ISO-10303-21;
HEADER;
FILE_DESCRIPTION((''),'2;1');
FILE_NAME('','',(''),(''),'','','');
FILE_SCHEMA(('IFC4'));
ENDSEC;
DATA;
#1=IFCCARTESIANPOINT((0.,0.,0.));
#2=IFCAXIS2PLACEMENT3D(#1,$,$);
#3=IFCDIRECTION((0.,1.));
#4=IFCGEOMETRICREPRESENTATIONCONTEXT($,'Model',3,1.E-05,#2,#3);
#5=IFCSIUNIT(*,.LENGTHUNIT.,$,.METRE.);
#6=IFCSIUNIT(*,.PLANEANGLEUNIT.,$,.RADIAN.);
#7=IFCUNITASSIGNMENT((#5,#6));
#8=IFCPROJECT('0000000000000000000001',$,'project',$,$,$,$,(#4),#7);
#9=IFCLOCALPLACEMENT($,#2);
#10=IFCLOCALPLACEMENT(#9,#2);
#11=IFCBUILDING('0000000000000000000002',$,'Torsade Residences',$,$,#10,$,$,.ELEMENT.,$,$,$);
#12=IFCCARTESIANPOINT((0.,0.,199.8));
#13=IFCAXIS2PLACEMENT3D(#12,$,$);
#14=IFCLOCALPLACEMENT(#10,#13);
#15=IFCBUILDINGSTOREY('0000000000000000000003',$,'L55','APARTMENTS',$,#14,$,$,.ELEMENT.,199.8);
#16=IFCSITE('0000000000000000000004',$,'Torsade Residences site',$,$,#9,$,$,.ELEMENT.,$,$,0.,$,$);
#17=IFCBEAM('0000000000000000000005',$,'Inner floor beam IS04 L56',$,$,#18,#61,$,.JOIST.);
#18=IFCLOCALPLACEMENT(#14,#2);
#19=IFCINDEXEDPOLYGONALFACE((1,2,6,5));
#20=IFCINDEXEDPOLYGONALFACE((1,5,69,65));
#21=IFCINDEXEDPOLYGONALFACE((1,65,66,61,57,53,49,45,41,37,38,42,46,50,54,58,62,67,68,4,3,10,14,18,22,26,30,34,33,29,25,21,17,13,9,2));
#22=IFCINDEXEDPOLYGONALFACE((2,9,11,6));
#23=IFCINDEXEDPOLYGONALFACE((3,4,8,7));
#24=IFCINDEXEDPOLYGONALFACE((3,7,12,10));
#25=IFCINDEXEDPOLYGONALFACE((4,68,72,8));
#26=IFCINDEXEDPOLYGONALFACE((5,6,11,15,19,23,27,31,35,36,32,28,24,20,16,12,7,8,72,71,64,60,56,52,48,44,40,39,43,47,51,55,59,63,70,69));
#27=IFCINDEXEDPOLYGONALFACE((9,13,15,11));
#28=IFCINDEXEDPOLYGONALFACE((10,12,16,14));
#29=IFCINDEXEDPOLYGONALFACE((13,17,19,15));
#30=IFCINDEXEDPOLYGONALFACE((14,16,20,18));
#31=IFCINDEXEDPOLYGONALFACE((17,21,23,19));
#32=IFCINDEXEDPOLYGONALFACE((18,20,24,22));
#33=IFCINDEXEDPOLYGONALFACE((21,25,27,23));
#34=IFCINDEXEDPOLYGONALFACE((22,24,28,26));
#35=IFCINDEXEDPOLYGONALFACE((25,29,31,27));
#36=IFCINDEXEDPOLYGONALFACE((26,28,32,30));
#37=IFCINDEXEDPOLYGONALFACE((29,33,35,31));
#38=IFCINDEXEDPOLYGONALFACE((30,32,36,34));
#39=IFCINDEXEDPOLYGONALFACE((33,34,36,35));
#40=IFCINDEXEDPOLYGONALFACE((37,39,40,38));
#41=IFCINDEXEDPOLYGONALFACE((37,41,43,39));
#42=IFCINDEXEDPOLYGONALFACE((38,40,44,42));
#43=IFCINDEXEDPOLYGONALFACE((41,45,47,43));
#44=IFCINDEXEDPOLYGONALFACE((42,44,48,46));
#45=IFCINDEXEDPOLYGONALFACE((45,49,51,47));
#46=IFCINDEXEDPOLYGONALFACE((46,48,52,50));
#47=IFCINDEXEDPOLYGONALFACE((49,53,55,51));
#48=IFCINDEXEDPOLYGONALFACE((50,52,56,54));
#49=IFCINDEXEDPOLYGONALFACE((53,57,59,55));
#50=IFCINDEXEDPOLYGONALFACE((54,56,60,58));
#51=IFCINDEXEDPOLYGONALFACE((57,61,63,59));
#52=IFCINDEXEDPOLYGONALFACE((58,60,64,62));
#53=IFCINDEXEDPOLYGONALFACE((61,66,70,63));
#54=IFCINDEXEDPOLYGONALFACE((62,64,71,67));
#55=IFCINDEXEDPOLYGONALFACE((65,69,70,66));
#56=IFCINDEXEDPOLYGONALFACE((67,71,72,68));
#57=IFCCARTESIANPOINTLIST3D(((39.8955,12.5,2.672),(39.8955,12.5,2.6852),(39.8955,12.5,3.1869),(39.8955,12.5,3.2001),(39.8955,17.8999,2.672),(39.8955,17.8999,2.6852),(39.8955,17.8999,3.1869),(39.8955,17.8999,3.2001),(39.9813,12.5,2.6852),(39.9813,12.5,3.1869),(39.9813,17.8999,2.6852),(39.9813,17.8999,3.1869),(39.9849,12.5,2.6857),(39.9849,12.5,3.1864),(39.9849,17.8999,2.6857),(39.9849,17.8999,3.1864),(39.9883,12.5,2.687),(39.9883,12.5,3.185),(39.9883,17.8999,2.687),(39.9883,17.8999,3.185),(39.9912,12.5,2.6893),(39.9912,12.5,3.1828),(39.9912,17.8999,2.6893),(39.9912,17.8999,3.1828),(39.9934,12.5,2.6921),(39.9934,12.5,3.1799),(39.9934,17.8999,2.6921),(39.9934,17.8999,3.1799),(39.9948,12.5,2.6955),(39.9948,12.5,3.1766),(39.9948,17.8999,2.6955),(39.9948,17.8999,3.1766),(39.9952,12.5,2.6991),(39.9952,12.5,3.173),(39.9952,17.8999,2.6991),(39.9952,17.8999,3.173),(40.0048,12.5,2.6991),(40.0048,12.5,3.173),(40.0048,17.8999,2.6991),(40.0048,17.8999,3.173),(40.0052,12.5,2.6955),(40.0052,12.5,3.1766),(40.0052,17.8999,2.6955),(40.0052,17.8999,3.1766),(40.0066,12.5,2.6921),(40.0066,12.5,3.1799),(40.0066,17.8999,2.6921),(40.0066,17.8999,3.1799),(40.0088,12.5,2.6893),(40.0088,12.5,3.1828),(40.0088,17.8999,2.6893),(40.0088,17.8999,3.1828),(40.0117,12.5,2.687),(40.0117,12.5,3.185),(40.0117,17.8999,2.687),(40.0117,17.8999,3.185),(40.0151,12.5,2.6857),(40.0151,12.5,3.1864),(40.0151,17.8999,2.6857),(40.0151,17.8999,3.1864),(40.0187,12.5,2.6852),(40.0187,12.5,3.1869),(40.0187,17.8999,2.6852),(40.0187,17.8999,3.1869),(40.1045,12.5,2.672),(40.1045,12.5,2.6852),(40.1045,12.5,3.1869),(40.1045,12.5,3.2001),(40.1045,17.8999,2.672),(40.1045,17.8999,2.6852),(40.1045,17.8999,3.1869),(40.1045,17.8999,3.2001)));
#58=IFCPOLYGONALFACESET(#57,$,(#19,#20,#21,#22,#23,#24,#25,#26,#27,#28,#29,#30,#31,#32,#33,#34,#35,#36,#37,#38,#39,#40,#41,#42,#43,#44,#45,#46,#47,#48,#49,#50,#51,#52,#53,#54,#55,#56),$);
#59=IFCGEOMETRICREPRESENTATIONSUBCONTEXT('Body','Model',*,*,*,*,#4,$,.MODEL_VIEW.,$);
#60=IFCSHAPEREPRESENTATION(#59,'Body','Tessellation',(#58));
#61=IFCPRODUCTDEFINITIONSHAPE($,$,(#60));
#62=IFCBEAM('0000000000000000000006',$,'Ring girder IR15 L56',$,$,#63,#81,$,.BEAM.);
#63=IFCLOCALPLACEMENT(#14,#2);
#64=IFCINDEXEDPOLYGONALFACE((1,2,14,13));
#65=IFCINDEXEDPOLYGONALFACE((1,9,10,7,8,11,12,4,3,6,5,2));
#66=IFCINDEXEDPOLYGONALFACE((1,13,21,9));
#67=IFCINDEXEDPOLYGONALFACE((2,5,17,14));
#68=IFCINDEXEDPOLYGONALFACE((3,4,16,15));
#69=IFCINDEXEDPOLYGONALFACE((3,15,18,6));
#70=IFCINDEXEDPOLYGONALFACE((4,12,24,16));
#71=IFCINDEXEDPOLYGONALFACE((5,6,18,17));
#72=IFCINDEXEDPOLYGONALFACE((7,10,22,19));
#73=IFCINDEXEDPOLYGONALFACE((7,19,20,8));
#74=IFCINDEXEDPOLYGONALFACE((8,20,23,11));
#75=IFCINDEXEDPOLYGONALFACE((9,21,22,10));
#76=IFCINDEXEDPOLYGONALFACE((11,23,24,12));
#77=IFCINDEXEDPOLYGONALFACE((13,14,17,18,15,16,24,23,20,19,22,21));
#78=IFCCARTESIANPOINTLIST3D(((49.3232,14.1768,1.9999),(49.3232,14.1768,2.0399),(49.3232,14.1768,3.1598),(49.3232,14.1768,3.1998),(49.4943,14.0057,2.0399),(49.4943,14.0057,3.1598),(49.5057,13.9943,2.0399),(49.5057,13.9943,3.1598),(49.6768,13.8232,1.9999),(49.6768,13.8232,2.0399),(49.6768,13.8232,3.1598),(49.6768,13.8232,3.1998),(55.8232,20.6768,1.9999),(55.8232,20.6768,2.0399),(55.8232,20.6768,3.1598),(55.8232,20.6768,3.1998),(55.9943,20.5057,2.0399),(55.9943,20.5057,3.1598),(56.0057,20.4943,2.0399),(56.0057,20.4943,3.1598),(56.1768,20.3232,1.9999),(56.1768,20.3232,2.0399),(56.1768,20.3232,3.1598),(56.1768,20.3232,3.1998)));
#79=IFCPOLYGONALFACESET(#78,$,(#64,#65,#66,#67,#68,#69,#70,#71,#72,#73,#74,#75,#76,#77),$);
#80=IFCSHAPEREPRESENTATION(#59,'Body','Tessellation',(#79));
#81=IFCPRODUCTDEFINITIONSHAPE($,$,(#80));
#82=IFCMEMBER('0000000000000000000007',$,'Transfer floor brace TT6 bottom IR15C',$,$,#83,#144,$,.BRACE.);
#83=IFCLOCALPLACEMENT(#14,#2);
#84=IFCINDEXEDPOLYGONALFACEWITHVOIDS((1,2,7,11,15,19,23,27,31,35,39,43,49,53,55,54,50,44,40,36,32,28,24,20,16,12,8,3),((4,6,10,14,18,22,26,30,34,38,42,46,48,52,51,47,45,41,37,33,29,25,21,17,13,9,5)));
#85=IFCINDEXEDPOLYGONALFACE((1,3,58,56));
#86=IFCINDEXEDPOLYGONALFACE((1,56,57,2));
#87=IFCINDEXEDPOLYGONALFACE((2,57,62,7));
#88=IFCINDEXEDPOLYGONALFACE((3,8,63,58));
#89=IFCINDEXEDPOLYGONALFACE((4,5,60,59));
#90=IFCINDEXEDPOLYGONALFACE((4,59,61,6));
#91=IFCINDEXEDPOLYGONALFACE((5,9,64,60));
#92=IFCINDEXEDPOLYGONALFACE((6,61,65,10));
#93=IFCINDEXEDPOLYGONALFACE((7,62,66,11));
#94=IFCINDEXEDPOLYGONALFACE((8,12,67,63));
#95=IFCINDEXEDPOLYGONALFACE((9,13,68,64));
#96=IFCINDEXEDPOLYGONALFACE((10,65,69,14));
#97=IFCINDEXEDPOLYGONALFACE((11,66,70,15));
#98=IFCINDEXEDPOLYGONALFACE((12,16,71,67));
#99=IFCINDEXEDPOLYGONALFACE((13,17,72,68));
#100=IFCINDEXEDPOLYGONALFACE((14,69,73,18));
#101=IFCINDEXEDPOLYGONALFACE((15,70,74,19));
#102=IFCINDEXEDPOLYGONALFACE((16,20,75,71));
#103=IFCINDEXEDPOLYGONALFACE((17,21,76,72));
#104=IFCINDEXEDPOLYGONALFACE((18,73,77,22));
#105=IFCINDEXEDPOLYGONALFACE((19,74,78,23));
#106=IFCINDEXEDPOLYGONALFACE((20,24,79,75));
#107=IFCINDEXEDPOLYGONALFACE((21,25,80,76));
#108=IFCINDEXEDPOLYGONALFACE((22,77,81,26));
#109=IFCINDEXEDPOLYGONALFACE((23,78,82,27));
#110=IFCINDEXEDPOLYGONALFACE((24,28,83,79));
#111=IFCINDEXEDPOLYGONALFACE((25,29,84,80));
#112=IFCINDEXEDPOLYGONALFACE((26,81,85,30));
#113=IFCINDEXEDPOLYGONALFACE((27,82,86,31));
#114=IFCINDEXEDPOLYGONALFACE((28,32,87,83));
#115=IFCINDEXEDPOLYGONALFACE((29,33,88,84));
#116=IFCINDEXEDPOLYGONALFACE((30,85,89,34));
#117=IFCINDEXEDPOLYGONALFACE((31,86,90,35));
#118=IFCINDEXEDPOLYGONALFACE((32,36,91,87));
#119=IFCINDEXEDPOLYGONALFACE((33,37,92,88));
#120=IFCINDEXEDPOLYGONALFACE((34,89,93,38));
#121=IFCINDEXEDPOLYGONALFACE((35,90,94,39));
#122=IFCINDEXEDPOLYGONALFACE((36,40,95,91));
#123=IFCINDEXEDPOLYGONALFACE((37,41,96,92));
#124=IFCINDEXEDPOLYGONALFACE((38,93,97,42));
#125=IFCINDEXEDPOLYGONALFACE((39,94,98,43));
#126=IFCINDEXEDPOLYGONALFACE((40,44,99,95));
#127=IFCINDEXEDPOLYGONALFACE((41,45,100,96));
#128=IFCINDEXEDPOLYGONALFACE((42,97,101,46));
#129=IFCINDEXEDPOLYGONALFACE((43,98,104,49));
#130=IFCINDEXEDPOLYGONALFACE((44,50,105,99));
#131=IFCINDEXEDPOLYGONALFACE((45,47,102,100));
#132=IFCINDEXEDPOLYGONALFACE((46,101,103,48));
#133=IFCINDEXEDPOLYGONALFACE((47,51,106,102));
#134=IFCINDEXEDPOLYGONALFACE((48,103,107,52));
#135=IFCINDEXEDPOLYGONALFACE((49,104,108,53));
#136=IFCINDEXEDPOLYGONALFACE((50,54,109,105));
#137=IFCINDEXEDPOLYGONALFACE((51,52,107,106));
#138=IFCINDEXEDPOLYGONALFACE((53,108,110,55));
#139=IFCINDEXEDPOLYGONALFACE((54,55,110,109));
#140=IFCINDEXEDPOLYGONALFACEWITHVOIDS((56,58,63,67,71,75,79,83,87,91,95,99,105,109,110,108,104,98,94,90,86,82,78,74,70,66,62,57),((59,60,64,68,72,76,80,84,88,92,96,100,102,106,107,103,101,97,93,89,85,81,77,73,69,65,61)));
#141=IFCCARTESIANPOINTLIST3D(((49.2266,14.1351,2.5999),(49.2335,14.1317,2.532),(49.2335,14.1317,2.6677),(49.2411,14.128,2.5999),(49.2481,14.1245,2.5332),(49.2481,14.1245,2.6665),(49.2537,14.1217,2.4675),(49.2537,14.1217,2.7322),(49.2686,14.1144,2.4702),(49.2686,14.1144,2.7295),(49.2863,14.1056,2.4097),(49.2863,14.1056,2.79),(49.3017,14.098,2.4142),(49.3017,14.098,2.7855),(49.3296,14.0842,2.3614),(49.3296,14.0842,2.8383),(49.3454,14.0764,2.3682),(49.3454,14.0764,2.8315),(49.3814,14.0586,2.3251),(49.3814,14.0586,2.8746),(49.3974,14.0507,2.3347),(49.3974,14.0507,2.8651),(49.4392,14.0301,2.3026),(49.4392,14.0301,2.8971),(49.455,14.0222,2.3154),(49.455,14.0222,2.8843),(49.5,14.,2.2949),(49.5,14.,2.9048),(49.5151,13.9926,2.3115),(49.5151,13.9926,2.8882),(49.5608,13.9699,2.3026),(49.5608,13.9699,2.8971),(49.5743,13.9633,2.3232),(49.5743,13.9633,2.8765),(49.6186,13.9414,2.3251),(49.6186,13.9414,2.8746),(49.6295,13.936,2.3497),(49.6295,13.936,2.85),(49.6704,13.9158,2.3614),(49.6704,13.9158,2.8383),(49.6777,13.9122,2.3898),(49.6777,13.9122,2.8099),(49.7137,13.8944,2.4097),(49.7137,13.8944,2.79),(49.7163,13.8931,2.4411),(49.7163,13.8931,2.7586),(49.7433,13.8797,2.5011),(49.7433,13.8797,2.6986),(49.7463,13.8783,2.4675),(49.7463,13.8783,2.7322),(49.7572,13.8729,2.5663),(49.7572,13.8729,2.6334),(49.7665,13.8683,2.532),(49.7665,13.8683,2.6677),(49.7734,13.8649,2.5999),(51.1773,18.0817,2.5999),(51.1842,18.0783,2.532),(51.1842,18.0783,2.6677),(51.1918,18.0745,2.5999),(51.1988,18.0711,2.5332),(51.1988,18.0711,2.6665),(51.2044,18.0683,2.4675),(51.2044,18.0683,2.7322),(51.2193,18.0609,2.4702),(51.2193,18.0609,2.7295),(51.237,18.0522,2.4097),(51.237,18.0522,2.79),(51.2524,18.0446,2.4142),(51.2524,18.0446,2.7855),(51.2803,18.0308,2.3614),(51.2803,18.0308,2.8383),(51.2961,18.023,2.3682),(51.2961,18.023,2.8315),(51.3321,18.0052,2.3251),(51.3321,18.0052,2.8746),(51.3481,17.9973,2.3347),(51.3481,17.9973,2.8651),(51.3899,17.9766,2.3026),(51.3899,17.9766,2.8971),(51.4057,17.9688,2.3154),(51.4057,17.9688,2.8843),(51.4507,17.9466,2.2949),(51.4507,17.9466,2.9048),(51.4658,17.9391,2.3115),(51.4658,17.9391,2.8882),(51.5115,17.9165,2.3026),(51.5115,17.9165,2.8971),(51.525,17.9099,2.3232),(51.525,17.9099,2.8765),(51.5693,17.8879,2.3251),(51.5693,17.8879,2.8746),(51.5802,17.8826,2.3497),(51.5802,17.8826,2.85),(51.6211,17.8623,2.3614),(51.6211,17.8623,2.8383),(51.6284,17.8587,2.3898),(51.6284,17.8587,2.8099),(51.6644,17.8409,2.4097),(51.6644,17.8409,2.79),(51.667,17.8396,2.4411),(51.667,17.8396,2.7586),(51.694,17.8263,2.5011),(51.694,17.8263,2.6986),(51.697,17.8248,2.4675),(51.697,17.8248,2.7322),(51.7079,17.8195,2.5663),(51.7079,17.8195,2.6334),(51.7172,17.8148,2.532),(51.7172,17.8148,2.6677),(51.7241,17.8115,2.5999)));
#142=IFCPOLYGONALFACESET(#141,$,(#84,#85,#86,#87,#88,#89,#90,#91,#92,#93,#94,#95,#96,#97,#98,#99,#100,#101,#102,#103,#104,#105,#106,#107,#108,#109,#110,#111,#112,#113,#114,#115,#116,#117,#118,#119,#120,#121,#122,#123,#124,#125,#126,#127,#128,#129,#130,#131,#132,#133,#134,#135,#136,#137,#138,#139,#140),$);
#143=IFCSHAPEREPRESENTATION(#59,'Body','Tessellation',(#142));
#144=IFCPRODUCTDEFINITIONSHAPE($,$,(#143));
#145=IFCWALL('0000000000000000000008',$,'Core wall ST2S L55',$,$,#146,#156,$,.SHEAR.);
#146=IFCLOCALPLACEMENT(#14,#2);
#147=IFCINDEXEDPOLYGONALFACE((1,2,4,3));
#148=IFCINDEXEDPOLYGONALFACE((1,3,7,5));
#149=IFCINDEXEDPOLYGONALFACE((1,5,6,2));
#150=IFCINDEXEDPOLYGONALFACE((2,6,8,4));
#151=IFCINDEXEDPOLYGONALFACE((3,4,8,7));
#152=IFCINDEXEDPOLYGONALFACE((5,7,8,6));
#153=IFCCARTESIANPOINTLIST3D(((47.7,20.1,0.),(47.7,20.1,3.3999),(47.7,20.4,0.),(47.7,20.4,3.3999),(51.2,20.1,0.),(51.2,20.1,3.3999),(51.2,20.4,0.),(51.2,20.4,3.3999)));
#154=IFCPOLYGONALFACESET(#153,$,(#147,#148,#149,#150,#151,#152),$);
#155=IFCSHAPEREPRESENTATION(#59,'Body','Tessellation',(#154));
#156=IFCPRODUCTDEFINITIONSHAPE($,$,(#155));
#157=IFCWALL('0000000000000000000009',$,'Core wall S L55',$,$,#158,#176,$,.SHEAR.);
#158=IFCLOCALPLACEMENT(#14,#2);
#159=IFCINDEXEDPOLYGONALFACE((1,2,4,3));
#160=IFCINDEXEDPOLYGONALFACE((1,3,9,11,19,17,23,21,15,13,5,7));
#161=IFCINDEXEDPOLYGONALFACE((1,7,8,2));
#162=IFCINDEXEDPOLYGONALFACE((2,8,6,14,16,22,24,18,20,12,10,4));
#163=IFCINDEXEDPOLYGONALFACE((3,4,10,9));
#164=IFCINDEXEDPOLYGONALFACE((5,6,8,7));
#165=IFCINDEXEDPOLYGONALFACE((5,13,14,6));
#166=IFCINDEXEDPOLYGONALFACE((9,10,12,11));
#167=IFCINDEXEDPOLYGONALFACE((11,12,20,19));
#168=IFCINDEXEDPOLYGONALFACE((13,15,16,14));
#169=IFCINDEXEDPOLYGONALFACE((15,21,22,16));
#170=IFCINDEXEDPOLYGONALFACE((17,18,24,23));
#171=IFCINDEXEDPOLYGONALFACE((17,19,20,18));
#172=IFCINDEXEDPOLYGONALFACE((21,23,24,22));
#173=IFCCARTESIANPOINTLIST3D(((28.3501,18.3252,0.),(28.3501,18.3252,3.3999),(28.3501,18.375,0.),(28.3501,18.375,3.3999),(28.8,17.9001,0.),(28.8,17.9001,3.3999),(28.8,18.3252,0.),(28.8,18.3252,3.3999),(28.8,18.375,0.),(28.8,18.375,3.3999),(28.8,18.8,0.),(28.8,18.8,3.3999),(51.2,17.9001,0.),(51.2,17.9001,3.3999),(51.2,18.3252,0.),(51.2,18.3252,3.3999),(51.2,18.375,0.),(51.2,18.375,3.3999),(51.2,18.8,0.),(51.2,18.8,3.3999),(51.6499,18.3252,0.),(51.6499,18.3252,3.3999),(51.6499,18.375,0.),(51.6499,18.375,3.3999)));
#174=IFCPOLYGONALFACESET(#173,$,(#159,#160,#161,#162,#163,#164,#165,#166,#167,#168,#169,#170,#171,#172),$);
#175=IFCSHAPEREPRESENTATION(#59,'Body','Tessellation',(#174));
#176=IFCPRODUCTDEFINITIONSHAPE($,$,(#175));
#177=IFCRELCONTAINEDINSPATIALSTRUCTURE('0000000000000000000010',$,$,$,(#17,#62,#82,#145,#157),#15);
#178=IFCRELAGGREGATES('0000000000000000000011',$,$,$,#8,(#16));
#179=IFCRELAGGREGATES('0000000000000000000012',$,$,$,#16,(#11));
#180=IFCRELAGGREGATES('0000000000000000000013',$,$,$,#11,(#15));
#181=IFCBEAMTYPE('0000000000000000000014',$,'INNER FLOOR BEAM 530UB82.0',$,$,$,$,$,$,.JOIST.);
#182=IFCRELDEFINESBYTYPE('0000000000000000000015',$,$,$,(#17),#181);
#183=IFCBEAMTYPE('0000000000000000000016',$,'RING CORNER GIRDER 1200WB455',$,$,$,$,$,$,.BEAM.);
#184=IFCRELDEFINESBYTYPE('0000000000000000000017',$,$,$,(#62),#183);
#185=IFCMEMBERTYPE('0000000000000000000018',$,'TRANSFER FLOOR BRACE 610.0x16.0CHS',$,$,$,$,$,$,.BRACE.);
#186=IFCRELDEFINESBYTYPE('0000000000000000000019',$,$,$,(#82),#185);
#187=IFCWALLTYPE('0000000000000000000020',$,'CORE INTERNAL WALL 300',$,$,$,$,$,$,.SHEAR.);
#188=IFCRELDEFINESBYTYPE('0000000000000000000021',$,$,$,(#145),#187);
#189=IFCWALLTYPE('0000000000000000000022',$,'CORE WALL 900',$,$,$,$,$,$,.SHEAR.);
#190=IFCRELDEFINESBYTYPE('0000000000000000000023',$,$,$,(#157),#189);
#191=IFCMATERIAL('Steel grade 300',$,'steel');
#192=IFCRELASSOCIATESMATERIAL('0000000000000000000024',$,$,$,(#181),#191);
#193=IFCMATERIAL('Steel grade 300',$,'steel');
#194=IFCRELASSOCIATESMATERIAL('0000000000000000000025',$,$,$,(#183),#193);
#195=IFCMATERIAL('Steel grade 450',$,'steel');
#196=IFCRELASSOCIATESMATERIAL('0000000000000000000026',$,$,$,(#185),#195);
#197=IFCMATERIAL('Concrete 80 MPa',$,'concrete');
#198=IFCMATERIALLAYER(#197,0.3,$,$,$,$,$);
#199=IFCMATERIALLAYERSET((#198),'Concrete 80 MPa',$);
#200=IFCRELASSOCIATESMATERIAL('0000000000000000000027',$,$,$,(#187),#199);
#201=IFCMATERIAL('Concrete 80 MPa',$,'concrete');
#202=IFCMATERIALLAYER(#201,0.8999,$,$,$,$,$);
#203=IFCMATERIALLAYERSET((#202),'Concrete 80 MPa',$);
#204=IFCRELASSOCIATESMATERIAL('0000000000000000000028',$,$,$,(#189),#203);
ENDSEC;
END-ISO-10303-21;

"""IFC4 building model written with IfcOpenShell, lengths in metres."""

from ifc_helpers import new_model, si_unit, direction, frame, frame_2d, origin, origin_2d, place, context, subcontext, project, spatial, polyline, rectangle, hollow_circle, i_section, outline, extrude, material, layer, layer_set, material_profile, profile_set, type_object, element, save


model = new_model("IFC4")

# Units and contexts
model_context = context("Model", 3, precision=1e-05, world=origin(), true_north=direction((0.0, 1.0)))
body_context = subcontext(model_context, "Body", "Model", "MODEL_VIEW")
ifc_project = project(units=[si_unit("LENGTHUNIT", "METRE"), si_unit("PLANEANGLEUNIT", "RADIAN")], contexts=[model_context])

# Site, building, storey
site_placement = place(None, origin())
site = spatial("IfcSite", under=ifc_project, at=site_placement, Name="Torsade Residences site", CompositionType="ELEMENT", RefElevation=0.0)
building_placement = place(site_placement, origin())
building = spatial("IfcBuilding", under=site, at=building_placement, Name="Torsade Residences", CompositionType="ELEMENT")
storey_placement = place(building_placement, frame((0.0, 0.0, 199.8)))
storey = spatial("IfcBuildingStorey", under=building, at=storey_placement, Name="L55", Description="APARTMENTS", CompositionType="ELEMENT", Elevation=199.8)

# Beams
ifc_material_1 = material(Name="Steel grade 300", Category="steel")
ifc_material_profile_1 = material_profile(ifc_material_1, i_section(OverallWidth=0.209, OverallDepth=0.5281, WebThickness=0.0095, FlangeThickness=0.0132, FilletRadius=0.0139, at=origin_2d()), Name="530UB82.0")
ifc_profile_set_1 = profile_set([ifc_material_profile_1], Name="Steel grade 300")
beam_type_1 = type_object("IfcBeamType", Name="INNER FLOOR BEAM 530UB82.0", PredefinedType="JOIST", material=ifc_profile_set_1)
for number, where, z_axis, x_axis, name in (
    (1, (40.0, 17.8999, 2.936), (0.0, -1.0, 0.0), (1.0, 0.0, 0.0), "Inner floor beam IS04 L56"),
):
    element("IfcBeam", number, at=place(storey_placement, frame(where, z_axis=z_axis, x_axis=x_axis)), inside=storey, type_object=beam_type_1, Name=name, PredefinedType="JOIST", context=body_context, shape_type="SweptSolid", body=[
        extrude(i_section(OverallWidth=0.209, OverallDepth=0.5281, WebThickness=0.0095, FlangeThickness=0.0132, FilletRadius=0.0139, at=origin_2d()), origin(), (0.0, 0.0, 1.0), 5.3999),
    ])
ifc_material_2 = material(Name="Steel grade 300", Category="steel")
ifc_material_profile_2 = material_profile(ifc_material_2, i_section(OverallWidth=0.5, OverallDepth=1.2, WebThickness=0.0161, FlangeThickness=0.04, at=origin_2d()), Name="1200WB455")
ifc_profile_set_2 = profile_set([ifc_material_profile_2], Name="Steel grade 300")
beam_type_2 = type_object("IfcBeamType", Name="RING CORNER GIRDER 1200WB455", PredefinedType="BEAM", material=ifc_profile_set_2)
beam_1_placement = place(storey_placement, frame((49.5, 14.0, 2.5999), z_axis=(0.707107, 0.707107, 0.0), x_axis=(-0.707107, 0.707107, 0.0)))
element("IfcBeam", 2, at=beam_1_placement, inside=storey, type_object=beam_type_2, Name="Ring girder IR15 L56", PredefinedType="BEAM", context=body_context, shape_type="SweptSolid", body=[
    extrude(i_section(OverallWidth=0.5, OverallDepth=1.2, WebThickness=0.0161, FlangeThickness=0.04, at=origin_2d()), origin(), (0.0, 0.0, 1.0), 9.1924),
])

# Member
ifc_material_3 = material(Name="Steel grade 450", Category="steel")
ifc_material_profile_3 = material_profile(ifc_material_3, hollow_circle(Radius=0.3049, WallThickness=0.0161, at=origin_2d()), Name="610.0x16.0CHS")
ifc_profile_set_3 = profile_set([ifc_material_profile_3], Name="Steel grade 450")
member_type = type_object("IfcMemberType", Name="TRANSFER FLOOR BRACE 610.0x16.0CHS", PredefinedType="BRACE", material=ifc_profile_set_3)
member_placement = place(storey_placement, frame((49.5, 14.0, 2.5999), z_axis=(0.443105, 0.89647, 0.0), x_axis=(-0.89647, 0.443105, 0.0)))
element("IfcMember", 3, at=member_placement, inside=storey, type_object=member_type, Name="Transfer floor brace TT6 bottom IR15C", PredefinedType="BRACE", context=body_context, shape_type="SweptSolid", body=[
    extrude(hollow_circle(Radius=0.3049, WallThickness=0.0161, at=origin_2d()), origin(), (0.0, 0.0, 1.0), 4.4023),
])

# Walls
ifc_material_4 = material(Name="Concrete 80 MPa", Category="concrete")
ifc_layer_1 = layer(ifc_material_4, 0.3)
ifc_layer_set_1 = layer_set([ifc_layer_1], Name="Concrete 80 MPa")
wall_type_1 = type_object("IfcWallType", Name="CORE INTERNAL WALL 300", PredefinedType="SHEAR", material=ifc_layer_set_1)
wall_1_placement = place(storey_placement, frame((51.2, 20.25, 0.0), z_axis=(0.0, 0.0, 1.0), x_axis=(-1.0, 0.0, 0.0)))
element("IfcWall", 4, at=wall_1_placement, inside=storey, type_object=wall_type_1, Name="Core wall ST2S L55", PredefinedType="SHEAR", context=body_context, shape_type="SweptSolid", body=[
    extrude(rectangle(XDim=3.5, YDim=0.3, at=frame_2d((1.75, 0.0))), origin(), (0.0, 0.0, 1.0), 3.3999),
])
ifc_material_5 = material(Name="Concrete 80 MPa", Category="concrete")
ifc_layer_2 = layer(ifc_material_5, 0.8999)
ifc_layer_set_2 = layer_set([ifc_layer_2], Name="Concrete 80 MPa")
wall_type_2 = type_object("IfcWallType", Name="CORE WALL 900", PredefinedType="SHEAR", material=ifc_layer_set_2)
wall_2_placement = place(storey_placement, frame((51.2, 18.3501, 0.0), z_axis=(0.0, 0.0, 1.0), x_axis=(-1.0, 0.0, 0.0)))
element("IfcWall", 5, at=wall_2_placement, inside=storey, type_object=wall_type_2, Name="Core wall S L55", PredefinedType="SHEAR", context=body_context, shape_type="SweptSolid", body=[
    extrude(outline(polyline([(0.0, -0.45), (22.3999, -0.45), (22.3999, -0.0249), (22.8499, -0.0249), (22.8499, 0.0249), (22.3999, 0.0249), (22.3999, 0.45), (0.0, 0.45), (0.0, 0.0249), (-0.45, 0.0249), (-0.45, -0.0249), (0.0, -0.0249), (0.0, -0.45)])), origin(), (0.0, 0.0, 1.0), 3.3999),
])

save(model, "model.ifc")
